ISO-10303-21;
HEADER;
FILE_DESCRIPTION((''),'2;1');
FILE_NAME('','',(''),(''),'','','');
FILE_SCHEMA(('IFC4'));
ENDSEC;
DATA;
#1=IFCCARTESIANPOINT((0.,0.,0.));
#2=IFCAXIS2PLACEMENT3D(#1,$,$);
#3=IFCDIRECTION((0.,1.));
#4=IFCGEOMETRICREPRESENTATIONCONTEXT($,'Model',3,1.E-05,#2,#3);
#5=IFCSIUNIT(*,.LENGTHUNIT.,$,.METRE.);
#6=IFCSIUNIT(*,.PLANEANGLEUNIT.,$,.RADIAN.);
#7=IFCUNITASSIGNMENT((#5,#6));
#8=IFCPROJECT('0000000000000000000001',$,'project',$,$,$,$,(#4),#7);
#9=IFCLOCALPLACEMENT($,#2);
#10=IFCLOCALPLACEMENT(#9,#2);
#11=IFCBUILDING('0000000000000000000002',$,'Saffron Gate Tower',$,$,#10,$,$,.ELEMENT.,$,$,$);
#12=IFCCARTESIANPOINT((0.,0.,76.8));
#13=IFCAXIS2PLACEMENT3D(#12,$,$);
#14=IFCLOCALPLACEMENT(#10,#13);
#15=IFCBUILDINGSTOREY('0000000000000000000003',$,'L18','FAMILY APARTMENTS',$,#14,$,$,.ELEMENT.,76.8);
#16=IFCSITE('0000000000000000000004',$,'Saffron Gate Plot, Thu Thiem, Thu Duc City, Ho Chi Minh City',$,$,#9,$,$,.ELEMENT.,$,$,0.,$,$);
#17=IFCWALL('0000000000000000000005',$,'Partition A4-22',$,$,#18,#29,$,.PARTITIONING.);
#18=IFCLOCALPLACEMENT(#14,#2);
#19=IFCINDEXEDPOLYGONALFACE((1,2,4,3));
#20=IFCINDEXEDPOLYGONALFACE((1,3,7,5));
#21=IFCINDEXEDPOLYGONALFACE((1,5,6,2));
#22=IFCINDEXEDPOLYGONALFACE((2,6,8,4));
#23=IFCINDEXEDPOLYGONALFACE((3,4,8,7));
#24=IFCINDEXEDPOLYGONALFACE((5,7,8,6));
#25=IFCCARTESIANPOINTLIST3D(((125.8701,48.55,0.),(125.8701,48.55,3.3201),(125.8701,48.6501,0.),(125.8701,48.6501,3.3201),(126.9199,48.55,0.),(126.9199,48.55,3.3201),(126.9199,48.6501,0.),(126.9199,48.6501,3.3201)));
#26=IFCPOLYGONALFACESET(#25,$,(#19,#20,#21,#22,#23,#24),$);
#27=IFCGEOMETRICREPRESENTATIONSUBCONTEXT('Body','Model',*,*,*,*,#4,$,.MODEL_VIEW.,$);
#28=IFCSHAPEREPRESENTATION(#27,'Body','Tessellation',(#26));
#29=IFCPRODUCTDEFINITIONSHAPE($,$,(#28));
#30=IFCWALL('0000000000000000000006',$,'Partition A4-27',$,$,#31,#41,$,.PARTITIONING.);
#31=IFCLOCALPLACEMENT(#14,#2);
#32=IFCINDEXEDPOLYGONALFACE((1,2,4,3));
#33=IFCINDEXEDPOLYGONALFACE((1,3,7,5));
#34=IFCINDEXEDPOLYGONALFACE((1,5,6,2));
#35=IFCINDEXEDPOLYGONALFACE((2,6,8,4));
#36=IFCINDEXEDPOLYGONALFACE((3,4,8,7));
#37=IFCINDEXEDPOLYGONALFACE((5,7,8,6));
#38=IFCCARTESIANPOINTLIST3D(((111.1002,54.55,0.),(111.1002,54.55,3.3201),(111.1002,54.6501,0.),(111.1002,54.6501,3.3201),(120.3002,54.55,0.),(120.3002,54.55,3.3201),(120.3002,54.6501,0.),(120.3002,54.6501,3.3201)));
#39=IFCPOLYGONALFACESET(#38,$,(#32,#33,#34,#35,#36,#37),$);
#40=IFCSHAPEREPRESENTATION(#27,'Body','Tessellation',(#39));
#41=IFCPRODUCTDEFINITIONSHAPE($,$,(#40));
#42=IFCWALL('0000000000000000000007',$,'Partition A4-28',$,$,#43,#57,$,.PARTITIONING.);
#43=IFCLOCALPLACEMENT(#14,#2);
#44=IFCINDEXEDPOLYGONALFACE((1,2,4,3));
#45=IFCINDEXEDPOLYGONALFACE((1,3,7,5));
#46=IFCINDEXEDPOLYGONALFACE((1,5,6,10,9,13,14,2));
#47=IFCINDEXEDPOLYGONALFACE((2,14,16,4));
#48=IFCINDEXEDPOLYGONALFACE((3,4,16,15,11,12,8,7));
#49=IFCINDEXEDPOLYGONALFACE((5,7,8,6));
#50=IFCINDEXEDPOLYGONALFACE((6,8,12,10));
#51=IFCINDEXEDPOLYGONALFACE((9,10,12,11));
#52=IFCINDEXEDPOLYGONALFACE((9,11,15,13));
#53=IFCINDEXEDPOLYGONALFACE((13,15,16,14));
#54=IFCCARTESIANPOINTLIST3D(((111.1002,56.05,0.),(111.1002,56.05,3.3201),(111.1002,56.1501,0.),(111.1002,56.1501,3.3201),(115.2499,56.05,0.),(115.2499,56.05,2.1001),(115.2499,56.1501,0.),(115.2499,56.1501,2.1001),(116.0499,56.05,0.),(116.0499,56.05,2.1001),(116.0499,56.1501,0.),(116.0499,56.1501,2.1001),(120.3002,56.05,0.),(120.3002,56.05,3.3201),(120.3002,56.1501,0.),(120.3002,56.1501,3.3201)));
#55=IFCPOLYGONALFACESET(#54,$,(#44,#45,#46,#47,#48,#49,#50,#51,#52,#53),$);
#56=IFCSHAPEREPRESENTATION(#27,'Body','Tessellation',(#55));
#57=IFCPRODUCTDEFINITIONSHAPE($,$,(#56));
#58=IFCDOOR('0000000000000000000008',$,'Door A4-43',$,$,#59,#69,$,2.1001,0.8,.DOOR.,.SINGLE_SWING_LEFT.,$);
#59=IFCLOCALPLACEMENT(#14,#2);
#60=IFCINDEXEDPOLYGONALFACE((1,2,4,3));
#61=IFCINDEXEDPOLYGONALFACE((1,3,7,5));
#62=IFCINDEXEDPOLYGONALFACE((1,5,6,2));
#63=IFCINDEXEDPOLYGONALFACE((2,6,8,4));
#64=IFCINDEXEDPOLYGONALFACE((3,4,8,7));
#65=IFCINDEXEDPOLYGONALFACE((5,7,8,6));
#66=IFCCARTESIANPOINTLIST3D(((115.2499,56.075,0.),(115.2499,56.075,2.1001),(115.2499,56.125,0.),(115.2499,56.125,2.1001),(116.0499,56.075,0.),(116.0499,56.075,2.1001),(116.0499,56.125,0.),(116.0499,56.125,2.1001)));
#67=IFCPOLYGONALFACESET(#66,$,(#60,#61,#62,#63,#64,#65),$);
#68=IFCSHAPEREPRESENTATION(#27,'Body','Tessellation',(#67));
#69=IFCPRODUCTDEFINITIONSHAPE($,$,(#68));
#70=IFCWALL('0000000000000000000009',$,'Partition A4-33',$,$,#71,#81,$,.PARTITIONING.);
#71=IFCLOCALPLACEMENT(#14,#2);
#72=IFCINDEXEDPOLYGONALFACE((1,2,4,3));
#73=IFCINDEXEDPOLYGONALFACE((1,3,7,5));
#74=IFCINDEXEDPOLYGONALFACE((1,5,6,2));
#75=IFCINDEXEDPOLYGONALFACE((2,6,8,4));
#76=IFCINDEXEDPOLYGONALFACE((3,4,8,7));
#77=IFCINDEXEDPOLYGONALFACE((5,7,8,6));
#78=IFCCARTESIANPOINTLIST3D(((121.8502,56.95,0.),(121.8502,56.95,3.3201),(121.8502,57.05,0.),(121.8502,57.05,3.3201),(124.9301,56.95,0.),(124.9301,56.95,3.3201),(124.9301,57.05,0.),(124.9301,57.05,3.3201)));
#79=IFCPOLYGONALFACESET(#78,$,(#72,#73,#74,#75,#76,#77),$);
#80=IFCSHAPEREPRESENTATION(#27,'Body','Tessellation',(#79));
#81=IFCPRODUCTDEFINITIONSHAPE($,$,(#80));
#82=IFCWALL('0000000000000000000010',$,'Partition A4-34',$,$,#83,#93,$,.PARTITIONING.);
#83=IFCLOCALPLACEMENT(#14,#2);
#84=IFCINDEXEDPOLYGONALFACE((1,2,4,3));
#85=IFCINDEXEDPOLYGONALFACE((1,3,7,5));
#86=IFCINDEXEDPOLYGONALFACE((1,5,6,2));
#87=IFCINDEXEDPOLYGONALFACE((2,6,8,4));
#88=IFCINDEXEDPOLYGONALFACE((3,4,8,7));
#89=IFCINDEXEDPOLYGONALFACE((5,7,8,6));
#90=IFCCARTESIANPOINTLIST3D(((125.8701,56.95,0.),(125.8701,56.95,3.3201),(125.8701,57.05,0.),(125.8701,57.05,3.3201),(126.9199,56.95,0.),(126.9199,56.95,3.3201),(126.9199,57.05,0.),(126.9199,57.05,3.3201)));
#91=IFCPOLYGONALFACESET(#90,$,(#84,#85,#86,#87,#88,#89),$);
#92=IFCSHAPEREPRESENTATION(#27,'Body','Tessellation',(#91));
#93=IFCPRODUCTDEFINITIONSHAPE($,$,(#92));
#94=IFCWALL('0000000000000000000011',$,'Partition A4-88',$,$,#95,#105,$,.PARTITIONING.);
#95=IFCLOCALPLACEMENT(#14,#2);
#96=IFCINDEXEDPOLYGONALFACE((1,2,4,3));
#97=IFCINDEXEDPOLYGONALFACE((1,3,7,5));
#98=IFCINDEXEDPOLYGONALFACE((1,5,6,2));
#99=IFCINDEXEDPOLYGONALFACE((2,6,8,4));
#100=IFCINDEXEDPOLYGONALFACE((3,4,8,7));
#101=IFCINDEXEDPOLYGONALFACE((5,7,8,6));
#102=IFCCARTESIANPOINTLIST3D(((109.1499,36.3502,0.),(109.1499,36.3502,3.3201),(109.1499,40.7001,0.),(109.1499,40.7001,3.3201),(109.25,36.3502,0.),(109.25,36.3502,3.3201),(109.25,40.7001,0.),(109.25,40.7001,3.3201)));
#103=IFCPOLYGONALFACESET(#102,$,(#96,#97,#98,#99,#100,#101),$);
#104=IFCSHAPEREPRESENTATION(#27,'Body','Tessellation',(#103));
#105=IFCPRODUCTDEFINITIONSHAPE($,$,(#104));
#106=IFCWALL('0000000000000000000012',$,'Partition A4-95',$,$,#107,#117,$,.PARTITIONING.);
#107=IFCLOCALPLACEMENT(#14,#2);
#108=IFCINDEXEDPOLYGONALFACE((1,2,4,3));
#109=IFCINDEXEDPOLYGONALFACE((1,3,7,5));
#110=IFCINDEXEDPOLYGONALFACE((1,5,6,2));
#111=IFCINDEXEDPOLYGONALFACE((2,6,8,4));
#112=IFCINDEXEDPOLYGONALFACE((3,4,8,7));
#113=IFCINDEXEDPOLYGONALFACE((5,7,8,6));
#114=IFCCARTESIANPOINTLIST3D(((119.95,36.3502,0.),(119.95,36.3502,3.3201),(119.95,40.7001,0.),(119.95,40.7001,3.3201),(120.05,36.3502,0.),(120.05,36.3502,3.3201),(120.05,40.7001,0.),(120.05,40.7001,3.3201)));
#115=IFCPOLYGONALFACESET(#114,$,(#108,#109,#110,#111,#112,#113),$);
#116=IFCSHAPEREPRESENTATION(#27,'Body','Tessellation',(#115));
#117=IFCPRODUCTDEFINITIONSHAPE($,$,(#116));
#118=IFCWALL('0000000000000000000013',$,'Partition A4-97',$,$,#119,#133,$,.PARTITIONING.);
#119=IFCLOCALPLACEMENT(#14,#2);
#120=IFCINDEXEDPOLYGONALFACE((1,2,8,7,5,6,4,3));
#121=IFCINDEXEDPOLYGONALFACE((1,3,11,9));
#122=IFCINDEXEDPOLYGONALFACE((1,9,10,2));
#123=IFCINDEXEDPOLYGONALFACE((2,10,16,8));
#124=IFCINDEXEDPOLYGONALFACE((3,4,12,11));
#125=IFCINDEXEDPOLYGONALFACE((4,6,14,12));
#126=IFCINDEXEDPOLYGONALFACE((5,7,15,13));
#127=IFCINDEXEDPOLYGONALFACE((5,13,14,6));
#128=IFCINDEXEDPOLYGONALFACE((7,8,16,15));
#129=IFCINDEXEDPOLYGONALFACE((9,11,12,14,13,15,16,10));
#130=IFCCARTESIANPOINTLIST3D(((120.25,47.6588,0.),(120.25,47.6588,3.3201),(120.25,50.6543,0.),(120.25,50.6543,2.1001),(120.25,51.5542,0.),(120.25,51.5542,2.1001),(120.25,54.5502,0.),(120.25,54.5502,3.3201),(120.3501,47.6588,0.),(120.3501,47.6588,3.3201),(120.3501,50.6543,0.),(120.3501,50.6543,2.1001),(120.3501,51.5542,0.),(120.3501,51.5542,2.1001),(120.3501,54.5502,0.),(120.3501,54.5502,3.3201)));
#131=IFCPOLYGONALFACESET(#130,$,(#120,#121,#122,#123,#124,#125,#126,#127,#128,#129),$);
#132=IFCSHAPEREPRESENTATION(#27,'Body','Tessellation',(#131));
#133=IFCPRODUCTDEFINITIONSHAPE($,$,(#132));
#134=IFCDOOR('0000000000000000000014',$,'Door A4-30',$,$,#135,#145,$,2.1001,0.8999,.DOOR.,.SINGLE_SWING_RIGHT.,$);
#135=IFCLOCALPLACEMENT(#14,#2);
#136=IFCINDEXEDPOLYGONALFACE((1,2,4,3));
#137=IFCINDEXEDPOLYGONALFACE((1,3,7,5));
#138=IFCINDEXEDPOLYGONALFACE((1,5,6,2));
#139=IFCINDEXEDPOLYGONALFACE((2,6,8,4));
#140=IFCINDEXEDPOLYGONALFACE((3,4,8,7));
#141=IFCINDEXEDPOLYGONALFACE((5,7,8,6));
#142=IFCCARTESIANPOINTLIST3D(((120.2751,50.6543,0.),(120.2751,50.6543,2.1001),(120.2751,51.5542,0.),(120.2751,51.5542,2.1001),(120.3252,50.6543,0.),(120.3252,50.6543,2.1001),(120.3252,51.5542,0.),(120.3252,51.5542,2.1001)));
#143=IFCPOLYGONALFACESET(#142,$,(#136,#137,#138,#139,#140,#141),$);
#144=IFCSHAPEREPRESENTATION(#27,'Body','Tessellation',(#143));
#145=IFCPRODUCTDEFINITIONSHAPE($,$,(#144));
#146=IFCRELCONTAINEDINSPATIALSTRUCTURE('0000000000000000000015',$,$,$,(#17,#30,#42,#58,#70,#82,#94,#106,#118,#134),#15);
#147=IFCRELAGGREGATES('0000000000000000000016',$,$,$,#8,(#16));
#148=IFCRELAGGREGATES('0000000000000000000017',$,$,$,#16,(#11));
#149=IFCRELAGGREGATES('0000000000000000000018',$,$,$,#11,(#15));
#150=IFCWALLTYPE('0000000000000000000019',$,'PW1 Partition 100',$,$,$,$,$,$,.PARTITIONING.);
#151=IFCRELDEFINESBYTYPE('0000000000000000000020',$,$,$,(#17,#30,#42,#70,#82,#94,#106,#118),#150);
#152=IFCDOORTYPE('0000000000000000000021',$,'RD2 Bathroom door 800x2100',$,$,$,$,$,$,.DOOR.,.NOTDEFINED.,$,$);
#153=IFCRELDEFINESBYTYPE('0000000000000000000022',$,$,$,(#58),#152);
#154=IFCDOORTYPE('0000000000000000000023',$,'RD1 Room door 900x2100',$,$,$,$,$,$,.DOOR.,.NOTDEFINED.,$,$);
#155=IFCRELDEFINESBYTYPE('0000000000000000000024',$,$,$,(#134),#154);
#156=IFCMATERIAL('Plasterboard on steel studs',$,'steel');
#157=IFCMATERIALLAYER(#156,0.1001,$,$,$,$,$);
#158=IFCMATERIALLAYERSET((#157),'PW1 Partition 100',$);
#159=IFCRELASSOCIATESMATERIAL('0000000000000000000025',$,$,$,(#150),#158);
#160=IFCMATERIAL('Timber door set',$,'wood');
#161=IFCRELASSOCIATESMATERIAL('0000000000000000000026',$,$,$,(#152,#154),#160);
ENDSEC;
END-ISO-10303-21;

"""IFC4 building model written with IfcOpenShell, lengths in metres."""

from ifc_helpers import new_model, si_unit, direction, frame, frame_2d, origin, place, context, subcontext, project, spatial, rectangle, extrude, material, layer, layer_set, type_object, element, fill, save


model = new_model("IFC4")

# Units and contexts
model_context = context("Model", 3, precision=1e-05, world=origin(), true_north=direction((0.0, 1.0)))
body_context = subcontext(model_context, "Body", "Model", "MODEL_VIEW")
ifc_project = project(units=[si_unit("LENGTHUNIT", "METRE"), si_unit("PLANEANGLEUNIT", "RADIAN")], contexts=[model_context])

# Site, building, storey
site_placement = place(None, origin())
site = spatial("IfcSite", under=ifc_project, at=site_placement, Name="Saffron Gate Plot, Thu Thiem, Thu Duc City, Ho Chi Minh City", CompositionType="ELEMENT", RefElevation=0.0)
building_placement = place(site_placement, origin())
building = spatial("IfcBuilding", under=site, at=building_placement, Name="Saffron Gate Tower", CompositionType="ELEMENT")
storey_placement = place(building_placement, frame((0.0, 0.0, 76.8)))
storey = spatial("IfcBuildingStorey", under=building, at=storey_placement, Name="L18", Description="FAMILY APARTMENTS", CompositionType="ELEMENT", Elevation=76.8)

# Walls
ifc_material_1 = material(Name="Plasterboard on steel studs", Category="steel")
ifc_layer_1 = layer(ifc_material_1, 0.1001)
ifc_layer_set_1 = layer_set([ifc_layer_1], Name="PW1 Partition 100")
wall_type_1 = type_object("IfcWallType", Name="PW1 Partition 100", PredefinedType="PARTITIONING", material=ifc_layer_set_1)
wall_1_placement = place(storey_placement, frame((125.8701, 48.6001, 0.0), z_axis=(0.0, 0.0, 1.0), x_axis=(1.0, 0.0, 0.0)))
element("IfcWall", 1, at=wall_1_placement, inside=storey, type_object=wall_type_1, Name="Partition A4-22", PredefinedType="PARTITIONING", context=body_context, shape_type="SweptSolid", body=[
    extrude(rectangle(XDim=1.0498, YDim=0.1001, at=frame_2d((0.5249, 0.0))), origin(), (0.0, 0.0, 1.0), 3.3201),
])
wall_2_placement = place(storey_placement, frame((111.1001, 54.6001, 0.0), z_axis=(0.0, 0.0, 1.0), x_axis=(1.0, 0.0, 0.0)))
element("IfcWall", 2, at=wall_2_placement, inside=storey, type_object=wall_type_1, Name="Partition A4-27", PredefinedType="PARTITIONING", context=body_context, shape_type="SweptSolid", body=[
    extrude(rectangle(XDim=9.2, YDim=0.1001, at=frame_2d((4.6001, 0.0))), origin(), (0.0, 0.0, 1.0), 3.3201),
])

# Wall, opening, door
wall_3_placement = place(storey_placement, frame((111.1001, 56.1001, 0.0), z_axis=(0.0, 0.0, 1.0), x_axis=(1.0, 0.0, 0.0)))
wall_3 = element("IfcWall", 3, at=wall_3_placement, inside=storey, type_object=wall_type_1, Name="Partition A4-28", PredefinedType="PARTITIONING", context=body_context, shape_type="SweptSolid", body=[
    extrude(rectangle(XDim=9.2, YDim=0.1001, at=frame_2d((4.6001, 0.0))), origin(), (0.0, 0.0, 1.0), 3.3201),
])
opening_1_placement = place(wall_3_placement, frame((4.1499, 0.0, 0.0)))
opening_1 = element("IfcOpeningElement", 4, at=opening_1_placement, cuts=wall_3, PredefinedType="OPENING", context=body_context, shape_type="SweptSolid", body=[
    extrude(rectangle(XDim=0.8, YDim=2.1001, at=frame_2d((0.3999, 1.05))), frame((0.0, 0.0601, 0.0), z_axis=(0.0, -1.0, 0.0), x_axis=(1.0, 0.0, 0.0)), (0.0, 0.0, 1.0), 0.1201),
])
ifc_material_2 = material(Name="Timber door set", Category="wood")
door_type_1 = type_object("IfcDoorType", Name="RD2 Bathroom door 800x2100", OperationType="NOTDEFINED", PredefinedType="DOOR", material=ifc_material_2)
door_1_placement = place(opening_1_placement, origin())
door_1 = element("IfcDoor", 5, at=door_1_placement, inside=storey, type_object=door_type_1, Name="Door A4-43", OperationType="SINGLE_SWING_LEFT", OverallHeight=2.1001, OverallWidth=0.8, PredefinedType="DOOR", context=body_context, shape_type="SweptSolid", body=[
    extrude(rectangle(XDim=0.8, YDim=2.1001, at=frame_2d((0.3999, 1.05))), frame((0.0, 0.0249, 0.0), z_axis=(0.0, -1.0, 0.0), x_axis=(1.0, 0.0, 0.0)), (0.0, 0.0, 1.0), 0.05),
])
fill(opening_1, door_1)

# Walls
wall_4_placement = place(storey_placement, frame((121.8501, 57.0, 0.0), z_axis=(0.0, 0.0, 1.0), x_axis=(1.0, 0.0, 0.0)))
element("IfcWall", 6, at=wall_4_placement, inside=storey, type_object=wall_type_1, Name="Partition A4-33", PredefinedType="PARTITIONING", context=body_context, shape_type="SweptSolid", body=[
    extrude(rectangle(XDim=3.0798, YDim=0.1001, at=frame_2d((1.54, 0.0))), origin(), (0.0, 0.0, 1.0), 3.3201),
])
wall_5_placement = place(storey_placement, frame((125.8701, 57.0, 0.0), z_axis=(0.0, 0.0, 1.0), x_axis=(1.0, 0.0, 0.0)))
element("IfcWall", 7, at=wall_5_placement, inside=storey, type_object=wall_type_1, Name="Partition A4-34", PredefinedType="PARTITIONING", context=body_context, shape_type="SweptSolid", body=[
    extrude(rectangle(XDim=1.0498, YDim=0.1001, at=frame_2d((0.5249, 0.0))), origin(), (0.0, 0.0, 1.0), 3.3201),
])
for number, where, z_axis, x_axis, name in (
    (8, (109.2, 40.7, 0.0), (0.0, 0.0, 1.0), (0.0, -1.0, 0.0), "Partition A4-88"),
    (9, (120.0, 40.7, 0.0), (0.0, 0.0, 1.0), (0.0, -1.0, 0.0), "Partition A4-95"),
):
    element("IfcWall", number, at=place(storey_placement, frame(where, z_axis=z_axis, x_axis=x_axis)), inside=storey, type_object=wall_type_1, Name=name, PredefinedType="PARTITIONING", context=body_context, shape_type="SweptSolid", body=[
        extrude(rectangle(XDim=4.3499, YDim=0.1001, at=frame_2d((2.1748, 0.0))), origin(), (0.0, 0.0, 1.0), 3.3201),
    ])

# Wall, opening, door
wall_6_placement = place(storey_placement, frame((120.3, 47.6587, 0.0), z_axis=(0.0, 0.0, 1.0), x_axis=(0.0, 1.0, 0.0)))
wall_6 = element("IfcWall", 10, at=wall_6_placement, inside=storey, type_object=wall_type_1, Name="Partition A4-97", PredefinedType="PARTITIONING", context=body_context, shape_type="SweptSolid", body=[
    extrude(rectangle(XDim=6.8914, YDim=0.1001, at=frame_2d((3.4458, 0.0))), origin(), (0.0, 0.0, 1.0), 3.3201),
])
opening_2_placement = place(wall_6_placement, frame((2.9956, 0.0, 0.0)))
opening_2 = element("IfcOpeningElement", 11, at=opening_2_placement, cuts=wall_6, PredefinedType="OPENING", context=body_context, shape_type="SweptSolid", body=[
    extrude(rectangle(XDim=0.8999, YDim=2.1001, at=frame_2d((0.45, 1.05))), frame((0.0, 0.0601, 0.0), z_axis=(0.0, -1.0, 0.0), x_axis=(1.0, 0.0, 0.0)), (0.0, 0.0, 1.0), 0.1201),
])
door_type_2 = type_object("IfcDoorType", Name="RD1 Room door 900x2100", OperationType="NOTDEFINED", PredefinedType="DOOR", material=ifc_material_2)
door_2_placement = place(opening_2_placement, origin())
door_2 = element("IfcDoor", 12, at=door_2_placement, inside=storey, type_object=door_type_2, Name="Door A4-30", OperationType="SINGLE_SWING_RIGHT", OverallHeight=2.1001, OverallWidth=0.8999, PredefinedType="DOOR", context=body_context, shape_type="SweptSolid", body=[
    extrude(rectangle(XDim=0.8999, YDim=2.1001, at=frame_2d((0.45, 1.05))), frame((0.0, 0.0249, 0.0), z_axis=(0.0, -1.0, 0.0), x_axis=(1.0, 0.0, 0.0)), (0.0, 0.0, 1.0), 0.05),
])
fill(opening_2, door_2)

save(model, "model.ifc")
